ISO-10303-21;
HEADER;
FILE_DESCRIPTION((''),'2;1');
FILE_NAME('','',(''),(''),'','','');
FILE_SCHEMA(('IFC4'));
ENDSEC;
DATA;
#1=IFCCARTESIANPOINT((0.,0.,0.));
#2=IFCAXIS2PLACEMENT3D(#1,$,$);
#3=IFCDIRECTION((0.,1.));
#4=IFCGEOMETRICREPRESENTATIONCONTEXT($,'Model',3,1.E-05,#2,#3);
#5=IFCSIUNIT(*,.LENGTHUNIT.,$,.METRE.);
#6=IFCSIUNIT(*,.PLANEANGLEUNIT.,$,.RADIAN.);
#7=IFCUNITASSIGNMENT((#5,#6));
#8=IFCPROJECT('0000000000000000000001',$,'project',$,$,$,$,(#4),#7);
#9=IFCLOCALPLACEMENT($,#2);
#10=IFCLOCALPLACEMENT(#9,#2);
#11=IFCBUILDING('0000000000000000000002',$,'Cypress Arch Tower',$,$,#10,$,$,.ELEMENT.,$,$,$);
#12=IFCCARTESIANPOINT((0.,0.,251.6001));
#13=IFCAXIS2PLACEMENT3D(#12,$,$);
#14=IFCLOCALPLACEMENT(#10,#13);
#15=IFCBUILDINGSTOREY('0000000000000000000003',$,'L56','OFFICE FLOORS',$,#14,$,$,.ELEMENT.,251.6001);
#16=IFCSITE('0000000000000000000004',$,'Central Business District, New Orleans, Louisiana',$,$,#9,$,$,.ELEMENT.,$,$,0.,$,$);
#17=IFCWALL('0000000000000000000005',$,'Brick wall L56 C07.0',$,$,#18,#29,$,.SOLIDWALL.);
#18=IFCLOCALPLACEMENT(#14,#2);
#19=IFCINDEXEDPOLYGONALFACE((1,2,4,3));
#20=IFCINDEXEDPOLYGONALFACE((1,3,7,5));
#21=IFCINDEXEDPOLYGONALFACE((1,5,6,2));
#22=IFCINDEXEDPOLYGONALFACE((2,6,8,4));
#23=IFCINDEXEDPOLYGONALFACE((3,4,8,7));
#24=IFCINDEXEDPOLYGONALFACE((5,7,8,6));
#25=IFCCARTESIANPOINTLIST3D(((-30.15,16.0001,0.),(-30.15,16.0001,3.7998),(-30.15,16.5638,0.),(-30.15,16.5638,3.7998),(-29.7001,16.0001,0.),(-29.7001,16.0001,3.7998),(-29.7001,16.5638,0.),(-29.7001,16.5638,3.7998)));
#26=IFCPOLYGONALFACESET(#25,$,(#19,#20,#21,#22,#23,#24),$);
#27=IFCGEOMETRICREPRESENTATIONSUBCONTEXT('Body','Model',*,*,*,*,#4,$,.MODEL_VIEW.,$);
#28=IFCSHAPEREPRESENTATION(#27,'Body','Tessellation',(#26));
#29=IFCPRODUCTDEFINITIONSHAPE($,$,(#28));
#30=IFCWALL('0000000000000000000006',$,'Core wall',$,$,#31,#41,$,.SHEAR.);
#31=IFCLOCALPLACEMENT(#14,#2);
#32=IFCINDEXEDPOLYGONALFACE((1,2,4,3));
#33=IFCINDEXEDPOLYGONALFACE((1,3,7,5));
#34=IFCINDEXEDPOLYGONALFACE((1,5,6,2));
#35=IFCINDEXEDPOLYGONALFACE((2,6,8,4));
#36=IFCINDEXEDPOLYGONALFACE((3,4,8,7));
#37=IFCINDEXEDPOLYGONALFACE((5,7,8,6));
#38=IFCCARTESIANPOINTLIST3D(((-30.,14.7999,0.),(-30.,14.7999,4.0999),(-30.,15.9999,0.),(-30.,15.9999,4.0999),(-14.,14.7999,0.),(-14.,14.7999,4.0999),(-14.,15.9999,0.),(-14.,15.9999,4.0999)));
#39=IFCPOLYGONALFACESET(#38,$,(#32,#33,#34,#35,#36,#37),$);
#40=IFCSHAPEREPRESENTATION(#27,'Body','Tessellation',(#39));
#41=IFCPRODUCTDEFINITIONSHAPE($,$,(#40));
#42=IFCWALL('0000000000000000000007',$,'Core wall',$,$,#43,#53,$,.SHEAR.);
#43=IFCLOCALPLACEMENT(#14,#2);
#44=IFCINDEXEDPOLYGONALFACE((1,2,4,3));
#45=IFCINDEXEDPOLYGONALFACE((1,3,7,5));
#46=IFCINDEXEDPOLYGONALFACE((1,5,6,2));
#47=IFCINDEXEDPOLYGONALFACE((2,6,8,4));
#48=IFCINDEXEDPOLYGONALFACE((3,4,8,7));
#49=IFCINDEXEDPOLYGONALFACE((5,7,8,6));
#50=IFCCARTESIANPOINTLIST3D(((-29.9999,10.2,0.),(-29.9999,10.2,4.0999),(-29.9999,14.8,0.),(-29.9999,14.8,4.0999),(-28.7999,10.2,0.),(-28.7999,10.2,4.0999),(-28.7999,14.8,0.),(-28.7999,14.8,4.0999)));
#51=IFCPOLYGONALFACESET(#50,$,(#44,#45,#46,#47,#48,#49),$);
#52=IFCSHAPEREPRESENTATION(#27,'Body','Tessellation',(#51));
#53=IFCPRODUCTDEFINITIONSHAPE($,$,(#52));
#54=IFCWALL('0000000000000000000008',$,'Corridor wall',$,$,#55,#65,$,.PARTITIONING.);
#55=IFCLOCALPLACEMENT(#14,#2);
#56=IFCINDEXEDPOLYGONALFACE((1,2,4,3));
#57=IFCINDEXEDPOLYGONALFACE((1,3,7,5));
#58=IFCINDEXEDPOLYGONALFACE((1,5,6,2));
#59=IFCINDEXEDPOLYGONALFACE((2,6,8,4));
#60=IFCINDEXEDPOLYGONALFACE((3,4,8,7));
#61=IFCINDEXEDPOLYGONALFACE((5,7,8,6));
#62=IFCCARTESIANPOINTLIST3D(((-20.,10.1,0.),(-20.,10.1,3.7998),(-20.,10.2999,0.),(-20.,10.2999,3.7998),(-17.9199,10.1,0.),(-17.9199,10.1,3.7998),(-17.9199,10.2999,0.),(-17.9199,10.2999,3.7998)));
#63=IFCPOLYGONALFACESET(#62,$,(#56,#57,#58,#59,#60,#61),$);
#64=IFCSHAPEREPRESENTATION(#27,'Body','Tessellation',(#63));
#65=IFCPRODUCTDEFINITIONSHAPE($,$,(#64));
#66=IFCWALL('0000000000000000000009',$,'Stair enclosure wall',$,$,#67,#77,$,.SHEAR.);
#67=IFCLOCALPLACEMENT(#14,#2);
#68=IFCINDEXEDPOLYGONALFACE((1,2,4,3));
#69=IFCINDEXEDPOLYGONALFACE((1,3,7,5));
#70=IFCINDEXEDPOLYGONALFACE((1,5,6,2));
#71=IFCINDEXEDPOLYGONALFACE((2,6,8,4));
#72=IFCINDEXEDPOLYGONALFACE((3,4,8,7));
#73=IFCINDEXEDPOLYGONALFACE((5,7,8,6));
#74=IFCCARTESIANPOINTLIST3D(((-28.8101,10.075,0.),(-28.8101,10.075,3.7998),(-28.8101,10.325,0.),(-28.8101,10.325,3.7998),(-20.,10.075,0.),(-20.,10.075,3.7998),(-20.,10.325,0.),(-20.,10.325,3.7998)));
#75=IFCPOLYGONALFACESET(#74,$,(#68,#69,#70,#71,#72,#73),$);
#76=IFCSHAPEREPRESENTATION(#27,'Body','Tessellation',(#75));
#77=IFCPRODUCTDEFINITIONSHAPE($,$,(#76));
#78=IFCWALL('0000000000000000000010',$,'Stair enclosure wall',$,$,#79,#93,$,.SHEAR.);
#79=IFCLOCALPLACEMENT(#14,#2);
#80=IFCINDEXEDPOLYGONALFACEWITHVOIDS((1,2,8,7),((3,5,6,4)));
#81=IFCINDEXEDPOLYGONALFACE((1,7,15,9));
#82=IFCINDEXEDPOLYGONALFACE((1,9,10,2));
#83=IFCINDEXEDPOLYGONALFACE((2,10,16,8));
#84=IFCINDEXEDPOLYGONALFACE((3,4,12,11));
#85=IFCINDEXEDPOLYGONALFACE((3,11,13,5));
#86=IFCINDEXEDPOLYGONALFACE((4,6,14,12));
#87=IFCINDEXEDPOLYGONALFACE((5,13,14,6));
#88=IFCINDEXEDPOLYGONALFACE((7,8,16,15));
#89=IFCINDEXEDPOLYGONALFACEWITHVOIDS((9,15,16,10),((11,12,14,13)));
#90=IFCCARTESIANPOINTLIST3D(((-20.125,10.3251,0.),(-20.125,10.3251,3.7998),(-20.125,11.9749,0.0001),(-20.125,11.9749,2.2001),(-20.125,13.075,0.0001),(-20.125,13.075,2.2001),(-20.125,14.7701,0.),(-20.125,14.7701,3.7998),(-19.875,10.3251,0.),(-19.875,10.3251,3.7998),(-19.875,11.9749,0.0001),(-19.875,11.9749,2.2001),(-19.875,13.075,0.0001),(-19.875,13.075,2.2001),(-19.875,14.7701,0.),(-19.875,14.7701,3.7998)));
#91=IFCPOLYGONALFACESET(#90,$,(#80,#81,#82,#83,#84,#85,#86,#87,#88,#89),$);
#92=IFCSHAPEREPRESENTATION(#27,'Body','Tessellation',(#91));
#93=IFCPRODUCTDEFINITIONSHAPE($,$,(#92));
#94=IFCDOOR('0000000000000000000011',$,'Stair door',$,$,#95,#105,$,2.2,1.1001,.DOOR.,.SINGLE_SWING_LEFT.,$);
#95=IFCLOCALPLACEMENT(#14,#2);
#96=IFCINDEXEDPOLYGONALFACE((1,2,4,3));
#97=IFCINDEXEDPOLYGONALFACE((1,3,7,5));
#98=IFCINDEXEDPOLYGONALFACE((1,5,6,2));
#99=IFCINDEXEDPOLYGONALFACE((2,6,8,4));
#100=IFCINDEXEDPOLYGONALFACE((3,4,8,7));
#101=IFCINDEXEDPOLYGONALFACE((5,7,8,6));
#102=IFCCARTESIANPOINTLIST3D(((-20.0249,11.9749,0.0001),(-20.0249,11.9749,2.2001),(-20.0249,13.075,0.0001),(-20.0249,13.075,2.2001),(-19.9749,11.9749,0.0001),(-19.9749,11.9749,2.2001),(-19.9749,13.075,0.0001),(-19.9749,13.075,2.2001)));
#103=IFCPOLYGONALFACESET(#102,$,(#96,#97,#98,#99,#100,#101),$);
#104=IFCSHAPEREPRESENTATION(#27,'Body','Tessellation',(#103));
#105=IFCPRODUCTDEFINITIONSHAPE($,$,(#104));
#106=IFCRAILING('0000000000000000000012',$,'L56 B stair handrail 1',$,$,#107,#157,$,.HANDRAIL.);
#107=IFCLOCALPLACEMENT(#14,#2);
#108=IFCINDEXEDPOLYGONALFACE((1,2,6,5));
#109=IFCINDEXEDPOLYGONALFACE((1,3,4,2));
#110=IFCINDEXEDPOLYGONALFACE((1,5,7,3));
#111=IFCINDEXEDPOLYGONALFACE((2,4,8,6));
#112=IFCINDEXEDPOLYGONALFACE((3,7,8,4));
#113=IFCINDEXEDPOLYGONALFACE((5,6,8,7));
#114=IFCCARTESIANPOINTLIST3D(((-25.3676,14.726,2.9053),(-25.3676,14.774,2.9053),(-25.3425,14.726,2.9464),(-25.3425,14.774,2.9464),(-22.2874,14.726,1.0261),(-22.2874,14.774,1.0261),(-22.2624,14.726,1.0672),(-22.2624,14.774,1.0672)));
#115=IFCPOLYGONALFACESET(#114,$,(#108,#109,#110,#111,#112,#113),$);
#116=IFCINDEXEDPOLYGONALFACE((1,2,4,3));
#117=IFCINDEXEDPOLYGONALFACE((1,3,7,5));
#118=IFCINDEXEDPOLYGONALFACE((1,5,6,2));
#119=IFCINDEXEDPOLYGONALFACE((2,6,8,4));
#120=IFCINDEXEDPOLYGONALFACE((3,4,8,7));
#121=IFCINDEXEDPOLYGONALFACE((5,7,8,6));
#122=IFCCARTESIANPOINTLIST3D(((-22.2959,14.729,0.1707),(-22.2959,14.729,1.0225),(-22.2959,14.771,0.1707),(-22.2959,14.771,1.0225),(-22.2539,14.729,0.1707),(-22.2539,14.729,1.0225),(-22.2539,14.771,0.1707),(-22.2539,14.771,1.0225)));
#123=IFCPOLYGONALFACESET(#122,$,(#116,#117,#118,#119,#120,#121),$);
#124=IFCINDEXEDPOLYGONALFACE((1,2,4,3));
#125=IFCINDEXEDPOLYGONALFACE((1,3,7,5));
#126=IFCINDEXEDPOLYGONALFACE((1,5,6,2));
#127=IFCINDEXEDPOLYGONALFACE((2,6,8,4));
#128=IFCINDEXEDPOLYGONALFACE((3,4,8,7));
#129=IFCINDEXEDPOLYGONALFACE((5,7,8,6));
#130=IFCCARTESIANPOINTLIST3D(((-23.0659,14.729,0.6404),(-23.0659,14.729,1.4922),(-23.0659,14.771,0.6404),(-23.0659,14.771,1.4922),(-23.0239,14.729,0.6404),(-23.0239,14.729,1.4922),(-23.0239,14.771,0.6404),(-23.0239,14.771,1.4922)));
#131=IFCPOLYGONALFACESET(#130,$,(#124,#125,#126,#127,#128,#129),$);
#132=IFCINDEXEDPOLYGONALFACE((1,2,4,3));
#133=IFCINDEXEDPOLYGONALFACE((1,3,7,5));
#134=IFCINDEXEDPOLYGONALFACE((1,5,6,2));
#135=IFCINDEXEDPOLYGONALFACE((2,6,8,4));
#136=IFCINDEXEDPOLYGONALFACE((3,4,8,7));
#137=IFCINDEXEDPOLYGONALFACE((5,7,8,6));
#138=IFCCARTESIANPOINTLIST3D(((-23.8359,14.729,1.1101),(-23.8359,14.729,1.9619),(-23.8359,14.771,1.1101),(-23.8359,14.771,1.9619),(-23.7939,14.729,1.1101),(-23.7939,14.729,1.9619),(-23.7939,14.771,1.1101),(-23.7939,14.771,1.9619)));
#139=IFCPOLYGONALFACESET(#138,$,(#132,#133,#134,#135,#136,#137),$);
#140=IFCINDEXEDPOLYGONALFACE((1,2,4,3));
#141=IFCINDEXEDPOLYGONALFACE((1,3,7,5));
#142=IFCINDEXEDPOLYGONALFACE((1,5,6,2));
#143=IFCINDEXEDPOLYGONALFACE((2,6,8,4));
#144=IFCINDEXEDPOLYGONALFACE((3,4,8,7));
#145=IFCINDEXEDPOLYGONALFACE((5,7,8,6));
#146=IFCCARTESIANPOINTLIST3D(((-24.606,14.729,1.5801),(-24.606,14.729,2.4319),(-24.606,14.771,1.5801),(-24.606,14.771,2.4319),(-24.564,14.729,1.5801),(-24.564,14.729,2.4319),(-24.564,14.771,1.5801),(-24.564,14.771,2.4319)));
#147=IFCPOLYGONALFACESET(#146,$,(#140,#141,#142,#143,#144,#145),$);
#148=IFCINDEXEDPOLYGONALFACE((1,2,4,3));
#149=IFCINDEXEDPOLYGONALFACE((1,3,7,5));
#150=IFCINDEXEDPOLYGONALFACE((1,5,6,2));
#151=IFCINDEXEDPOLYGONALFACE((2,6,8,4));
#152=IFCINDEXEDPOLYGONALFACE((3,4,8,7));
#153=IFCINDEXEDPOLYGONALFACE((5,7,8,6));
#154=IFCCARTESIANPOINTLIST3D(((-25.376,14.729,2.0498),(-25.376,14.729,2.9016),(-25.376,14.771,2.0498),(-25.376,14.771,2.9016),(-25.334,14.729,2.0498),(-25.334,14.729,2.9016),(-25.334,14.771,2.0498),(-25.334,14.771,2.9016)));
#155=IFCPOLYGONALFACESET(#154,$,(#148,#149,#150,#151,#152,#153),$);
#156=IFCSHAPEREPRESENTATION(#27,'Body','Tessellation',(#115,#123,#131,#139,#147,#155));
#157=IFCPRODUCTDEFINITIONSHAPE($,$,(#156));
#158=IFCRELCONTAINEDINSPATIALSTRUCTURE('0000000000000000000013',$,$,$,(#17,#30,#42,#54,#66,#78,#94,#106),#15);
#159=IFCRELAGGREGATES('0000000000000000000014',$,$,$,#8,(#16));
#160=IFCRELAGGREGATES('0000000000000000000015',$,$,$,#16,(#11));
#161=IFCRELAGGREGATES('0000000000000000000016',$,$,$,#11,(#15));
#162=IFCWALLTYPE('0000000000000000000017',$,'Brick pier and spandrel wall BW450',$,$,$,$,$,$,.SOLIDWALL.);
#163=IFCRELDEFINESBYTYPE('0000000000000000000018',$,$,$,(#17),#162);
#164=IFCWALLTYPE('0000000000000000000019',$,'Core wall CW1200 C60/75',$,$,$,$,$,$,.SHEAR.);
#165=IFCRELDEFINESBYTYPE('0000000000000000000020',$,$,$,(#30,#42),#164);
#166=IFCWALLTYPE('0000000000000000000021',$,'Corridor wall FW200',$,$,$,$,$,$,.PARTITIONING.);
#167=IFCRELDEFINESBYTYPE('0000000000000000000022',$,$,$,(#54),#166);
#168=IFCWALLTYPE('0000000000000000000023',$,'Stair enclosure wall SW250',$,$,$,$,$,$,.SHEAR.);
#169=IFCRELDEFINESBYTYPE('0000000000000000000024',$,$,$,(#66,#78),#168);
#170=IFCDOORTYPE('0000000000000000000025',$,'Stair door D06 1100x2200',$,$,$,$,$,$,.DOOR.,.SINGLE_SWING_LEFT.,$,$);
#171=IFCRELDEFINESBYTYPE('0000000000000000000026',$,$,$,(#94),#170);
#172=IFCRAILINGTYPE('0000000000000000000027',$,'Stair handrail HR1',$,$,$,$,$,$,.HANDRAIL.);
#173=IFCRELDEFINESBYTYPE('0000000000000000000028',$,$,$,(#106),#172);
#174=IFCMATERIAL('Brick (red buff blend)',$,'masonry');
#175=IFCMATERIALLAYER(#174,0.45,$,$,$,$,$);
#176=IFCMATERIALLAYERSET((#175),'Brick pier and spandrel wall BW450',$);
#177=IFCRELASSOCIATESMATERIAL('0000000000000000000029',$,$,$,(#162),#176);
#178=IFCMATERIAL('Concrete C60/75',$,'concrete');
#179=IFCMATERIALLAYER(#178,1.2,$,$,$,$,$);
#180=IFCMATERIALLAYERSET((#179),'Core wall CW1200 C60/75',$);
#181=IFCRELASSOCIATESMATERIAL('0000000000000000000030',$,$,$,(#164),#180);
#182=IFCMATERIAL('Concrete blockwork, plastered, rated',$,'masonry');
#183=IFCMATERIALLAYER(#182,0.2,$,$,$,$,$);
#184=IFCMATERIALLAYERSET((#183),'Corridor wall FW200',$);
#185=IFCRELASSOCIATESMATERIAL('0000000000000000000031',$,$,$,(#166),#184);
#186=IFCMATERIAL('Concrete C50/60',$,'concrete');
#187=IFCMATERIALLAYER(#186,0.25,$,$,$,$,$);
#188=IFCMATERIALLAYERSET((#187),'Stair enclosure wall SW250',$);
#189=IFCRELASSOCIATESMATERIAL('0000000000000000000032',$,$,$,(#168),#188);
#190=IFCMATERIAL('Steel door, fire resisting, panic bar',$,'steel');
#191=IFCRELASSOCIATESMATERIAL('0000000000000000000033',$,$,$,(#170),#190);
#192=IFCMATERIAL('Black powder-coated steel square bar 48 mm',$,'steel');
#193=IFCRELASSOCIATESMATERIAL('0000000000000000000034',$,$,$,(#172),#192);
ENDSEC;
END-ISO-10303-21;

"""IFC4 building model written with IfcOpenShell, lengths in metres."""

from ifc_helpers import new_model, si_unit, direction, frame, frame_2d, origin, origin_2d, place, context, subcontext, project, spatial, rectangle, extrude, material, layer, layer_set, type_object, element, fill, save


model = new_model("IFC4")

# Units and contexts
model_context = context("Model", 3, precision=1e-05, world=origin(), true_north=direction((0.0, 1.0)))
body_context = subcontext(model_context, "Body", "Model", "MODEL_VIEW")
ifc_project = project(units=[si_unit("LENGTHUNIT", "METRE"), si_unit("PLANEANGLEUNIT", "RADIAN")], contexts=[model_context])

# Site, building, storey
site_placement = place(None, origin())
site = spatial("IfcSite", under=ifc_project, at=site_placement, Name="Central Business District, New Orleans, Louisiana", CompositionType="ELEMENT", RefElevation=0.0)
building_placement = place(site_placement, origin())
building = spatial("IfcBuilding", under=site, at=building_placement, Name="Cypress Arch Tower", CompositionType="ELEMENT")
storey_placement = place(building_placement, frame((0.0, 0.0, 251.6001)))
storey = spatial("IfcBuildingStorey", under=building, at=storey_placement, Name="L56", Description="OFFICE FLOORS", CompositionType="ELEMENT", Elevation=251.6001)

# Shared definitions
ifc_material_1 = material(Name="Brick (red buff blend)", Category="masonry")
ifc_layer_1 = layer(ifc_material_1, 0.45)
ifc_layer_set_1 = layer_set([ifc_layer_1], Name="Brick pier and spandrel wall BW450")
wall_type_1 = type_object("IfcWallType", Name="Brick pier and spandrel wall BW450", PredefinedType="SOLIDWALL", material=ifc_layer_set_1)

# Walls
wall_1_placement = place(storey_placement, frame((-29.925, 16.5637, 0.0), z_axis=(0.0, 0.0, 1.0), x_axis=(0.0, -1.0, 0.0)))
element("IfcWall", 1, at=wall_1_placement, inside=storey, type_object=wall_type_1, Name="Brick wall L56 C07.0", PredefinedType="SOLIDWALL", context=body_context, shape_type="SweptSolid", body=[
    extrude(rectangle(XDim=0.5637, YDim=0.45, at=frame_2d((0.2817, 0.0))), origin(), (0.0, 0.0, 1.0), 3.7998),
])
ifc_material_2 = material(Name="Concrete C60/75", Category="concrete")
ifc_layer_2 = layer(ifc_material_2, 1.2)
ifc_layer_set_2 = layer_set([ifc_layer_2], Name="Core wall CW1200 C60/75")
wall_type_2 = type_object("IfcWallType", Name="Core wall CW1200 C60/75", PredefinedType="SHEAR", material=ifc_layer_set_2)
wall_2_placement = place(storey_placement, frame((-30.0, 15.3999, 0.0), z_axis=(0.0, 0.0, 1.0), x_axis=(1.0, 0.0, 0.0)))
element("IfcWall", 2, at=wall_2_placement, inside=storey, type_object=wall_type_2, Name="Core wall", PredefinedType="SHEAR", context=body_context, shape_type="SweptSolid", body=[
    extrude(rectangle(XDim=16.0, YDim=1.2, at=frame_2d((8.0, 0.0))), origin(), (0.0, 0.0, 1.0), 4.0999),
])
wall_3_placement = place(storey_placement, frame((-29.3999, 10.2, 0.0), z_axis=(0.0, 0.0, 1.0), x_axis=(0.0, 1.0, 0.0)))
element("IfcWall", 3, at=wall_3_placement, inside=storey, type_object=wall_type_2, Name="Core wall", PredefinedType="SHEAR", context=body_context, shape_type="SweptSolid", body=[
    extrude(rectangle(XDim=4.6001, YDim=1.2, at=frame_2d((2.3, 0.0))), origin(), (0.0, 0.0, 1.0), 4.0999),
])
ifc_material_3 = material(Name="Concrete blockwork, plastered, rated", Category="masonry")
ifc_layer_3 = layer(ifc_material_3, 0.2)
ifc_layer_set_3 = layer_set([ifc_layer_3], Name="Corridor wall FW200")
wall_type_3 = type_object("IfcWallType", Name="Corridor wall FW200", PredefinedType="PARTITIONING", material=ifc_layer_set_3)
wall_4_placement = place(storey_placement, frame((-20.0, 10.2, 0.0), z_axis=(0.0, 0.0, 1.0), x_axis=(1.0, 0.0, 0.0)))
element("IfcWall", 4, at=wall_4_placement, inside=storey, type_object=wall_type_3, Name="Corridor wall", PredefinedType="PARTITIONING", context=body_context, shape_type="SweptSolid", body=[
    extrude(rectangle(XDim=2.0801, YDim=0.2, at=frame_2d((1.04, 0.0))), origin(), (0.0, 0.0, 1.0), 3.7998),
])
ifc_material_4 = material(Name="Concrete C50/60", Category="concrete")
ifc_layer_4 = layer(ifc_material_4, 0.25)
ifc_layer_set_4 = layer_set([ifc_layer_4], Name="Stair enclosure wall SW250")
wall_type_4 = type_object("IfcWallType", Name="Stair enclosure wall SW250", PredefinedType="SHEAR", material=ifc_layer_set_4)
wall_5_placement = place(storey_placement, frame((-28.8101, 10.2, 0.0), z_axis=(0.0, 0.0, 1.0), x_axis=(1.0, 0.0, 0.0)))
element("IfcWall", 5, at=wall_5_placement, inside=storey, type_object=wall_type_4, Name="Stair enclosure wall", PredefinedType="SHEAR", context=body_context, shape_type="SweptSolid", body=[
    extrude(rectangle(XDim=8.8101, YDim=0.25, at=frame_2d((4.405, 0.0))), origin(), (0.0, 0.0, 1.0), 3.7998),
])

# Wall, opening, door
wall_6_placement = place(storey_placement, frame((-20.0, 10.325, 0.0), z_axis=(0.0, 0.0, 1.0), x_axis=(0.0, 1.0, 0.0)))
wall_6 = element("IfcWall", 6, at=wall_6_placement, inside=storey, type_object=wall_type_4, Name="Stair enclosure wall", PredefinedType="SHEAR", context=body_context, shape_type="SweptSolid", body=[
    extrude(rectangle(XDim=4.4451, YDim=0.25, at=frame_2d((2.2227, 0.0))), origin(), (0.0, 0.0, 1.0), 3.7998),
])
opening_1_placement = place(wall_6_placement, frame((1.6499, 0.0, 0.0)))
opening_1 = element("IfcOpeningElement", 7, at=opening_1_placement, cuts=wall_6, PredefinedType="OPENING", context=body_context, shape_type="SweptSolid", body=[
    extrude(rectangle(XDim=1.1001, YDim=2.2, at=frame_2d((0.55, 1.1001))), frame((0.0, 0.135, 0.0), z_axis=(0.0, -1.0, 0.0), x_axis=(1.0, 0.0, 0.0)), (0.0, 0.0, 1.0), 0.27),
])
ifc_material_5 = material(Name="Steel door, fire resisting, panic bar", Category="steel")
door_type = type_object("IfcDoorType", Name="Stair door D06 1100x2200", OperationType="SINGLE_SWING_LEFT", PredefinedType="DOOR", material=ifc_material_5)
door_placement = place(opening_1_placement, origin())
door = element("IfcDoor", 8, at=door_placement, inside=storey, type_object=door_type, Name="Stair door", OperationType="SINGLE_SWING_LEFT", OverallHeight=2.2, OverallWidth=1.1001, PredefinedType="DOOR", context=body_context, shape_type="SweptSolid", body=[
    extrude(rectangle(XDim=1.1001, YDim=2.2, at=frame_2d((0.55, 1.1001))), frame((0.0, 0.0249, 0.0), z_axis=(0.0, -1.0, 0.0), x_axis=(1.0, 0.0, 0.0)), (0.0, 0.0, 1.0), 0.05),
])
fill(opening_1, door)

# Railing
ifc_material_6 = material(Name="Black powder-coated steel square bar 48 mm", Category="steel")
railing_type_1 = type_object("IfcRailingType", Name="Stair handrail HR1", PredefinedType="HANDRAIL", material=ifc_material_6)
railing_1_placement = place(storey_placement, frame((-22.2749, 14.75, 0.1707)))
element("IfcRailing", 9, at=railing_1_placement, inside=storey, type_object=railing_type_1, Name="L56 B stair handrail 1", PredefinedType="HANDRAIL", context=body_context, shape_type="SweptSolid", body=[
    extrude(rectangle(XDim=0.0481, YDim=0.0481, at=origin_2d()), frame((0.0, 0.0, 0.876), z_axis=(-0.853666, 0.0, 0.52082), x_axis=(0.0, -1.0, 0.0)), (0.0, 0.0, 1.0), 3.6082),
    extrude(rectangle(XDim=0.042, YDim=0.042, at=origin_2d()), origin(), (0.0, 0.0, 1.0), 0.8518),
    extrude(rectangle(XDim=0.042, YDim=0.042, at=origin_2d()), frame((-0.77, 0.0, 0.4697)), (0.0, 0.0, 1.0), 0.8518),
    extrude(rectangle(XDim=0.042, YDim=0.042, at=origin_2d()), frame((-1.54, 0.0, 0.9395)), (0.0, 0.0, 1.0), 0.8518),
    extrude(rectangle(XDim=0.042, YDim=0.042, at=origin_2d()), frame((-2.3101, 0.0, 1.4094)), (0.0, 0.0, 1.0), 0.8518),
    extrude(rectangle(XDim=0.042, YDim=0.042, at=origin_2d()), frame((-3.0801, 0.0, 1.8792)), (0.0, 0.0, 1.0), 0.8518),
])

save(model, "model.ifc")
